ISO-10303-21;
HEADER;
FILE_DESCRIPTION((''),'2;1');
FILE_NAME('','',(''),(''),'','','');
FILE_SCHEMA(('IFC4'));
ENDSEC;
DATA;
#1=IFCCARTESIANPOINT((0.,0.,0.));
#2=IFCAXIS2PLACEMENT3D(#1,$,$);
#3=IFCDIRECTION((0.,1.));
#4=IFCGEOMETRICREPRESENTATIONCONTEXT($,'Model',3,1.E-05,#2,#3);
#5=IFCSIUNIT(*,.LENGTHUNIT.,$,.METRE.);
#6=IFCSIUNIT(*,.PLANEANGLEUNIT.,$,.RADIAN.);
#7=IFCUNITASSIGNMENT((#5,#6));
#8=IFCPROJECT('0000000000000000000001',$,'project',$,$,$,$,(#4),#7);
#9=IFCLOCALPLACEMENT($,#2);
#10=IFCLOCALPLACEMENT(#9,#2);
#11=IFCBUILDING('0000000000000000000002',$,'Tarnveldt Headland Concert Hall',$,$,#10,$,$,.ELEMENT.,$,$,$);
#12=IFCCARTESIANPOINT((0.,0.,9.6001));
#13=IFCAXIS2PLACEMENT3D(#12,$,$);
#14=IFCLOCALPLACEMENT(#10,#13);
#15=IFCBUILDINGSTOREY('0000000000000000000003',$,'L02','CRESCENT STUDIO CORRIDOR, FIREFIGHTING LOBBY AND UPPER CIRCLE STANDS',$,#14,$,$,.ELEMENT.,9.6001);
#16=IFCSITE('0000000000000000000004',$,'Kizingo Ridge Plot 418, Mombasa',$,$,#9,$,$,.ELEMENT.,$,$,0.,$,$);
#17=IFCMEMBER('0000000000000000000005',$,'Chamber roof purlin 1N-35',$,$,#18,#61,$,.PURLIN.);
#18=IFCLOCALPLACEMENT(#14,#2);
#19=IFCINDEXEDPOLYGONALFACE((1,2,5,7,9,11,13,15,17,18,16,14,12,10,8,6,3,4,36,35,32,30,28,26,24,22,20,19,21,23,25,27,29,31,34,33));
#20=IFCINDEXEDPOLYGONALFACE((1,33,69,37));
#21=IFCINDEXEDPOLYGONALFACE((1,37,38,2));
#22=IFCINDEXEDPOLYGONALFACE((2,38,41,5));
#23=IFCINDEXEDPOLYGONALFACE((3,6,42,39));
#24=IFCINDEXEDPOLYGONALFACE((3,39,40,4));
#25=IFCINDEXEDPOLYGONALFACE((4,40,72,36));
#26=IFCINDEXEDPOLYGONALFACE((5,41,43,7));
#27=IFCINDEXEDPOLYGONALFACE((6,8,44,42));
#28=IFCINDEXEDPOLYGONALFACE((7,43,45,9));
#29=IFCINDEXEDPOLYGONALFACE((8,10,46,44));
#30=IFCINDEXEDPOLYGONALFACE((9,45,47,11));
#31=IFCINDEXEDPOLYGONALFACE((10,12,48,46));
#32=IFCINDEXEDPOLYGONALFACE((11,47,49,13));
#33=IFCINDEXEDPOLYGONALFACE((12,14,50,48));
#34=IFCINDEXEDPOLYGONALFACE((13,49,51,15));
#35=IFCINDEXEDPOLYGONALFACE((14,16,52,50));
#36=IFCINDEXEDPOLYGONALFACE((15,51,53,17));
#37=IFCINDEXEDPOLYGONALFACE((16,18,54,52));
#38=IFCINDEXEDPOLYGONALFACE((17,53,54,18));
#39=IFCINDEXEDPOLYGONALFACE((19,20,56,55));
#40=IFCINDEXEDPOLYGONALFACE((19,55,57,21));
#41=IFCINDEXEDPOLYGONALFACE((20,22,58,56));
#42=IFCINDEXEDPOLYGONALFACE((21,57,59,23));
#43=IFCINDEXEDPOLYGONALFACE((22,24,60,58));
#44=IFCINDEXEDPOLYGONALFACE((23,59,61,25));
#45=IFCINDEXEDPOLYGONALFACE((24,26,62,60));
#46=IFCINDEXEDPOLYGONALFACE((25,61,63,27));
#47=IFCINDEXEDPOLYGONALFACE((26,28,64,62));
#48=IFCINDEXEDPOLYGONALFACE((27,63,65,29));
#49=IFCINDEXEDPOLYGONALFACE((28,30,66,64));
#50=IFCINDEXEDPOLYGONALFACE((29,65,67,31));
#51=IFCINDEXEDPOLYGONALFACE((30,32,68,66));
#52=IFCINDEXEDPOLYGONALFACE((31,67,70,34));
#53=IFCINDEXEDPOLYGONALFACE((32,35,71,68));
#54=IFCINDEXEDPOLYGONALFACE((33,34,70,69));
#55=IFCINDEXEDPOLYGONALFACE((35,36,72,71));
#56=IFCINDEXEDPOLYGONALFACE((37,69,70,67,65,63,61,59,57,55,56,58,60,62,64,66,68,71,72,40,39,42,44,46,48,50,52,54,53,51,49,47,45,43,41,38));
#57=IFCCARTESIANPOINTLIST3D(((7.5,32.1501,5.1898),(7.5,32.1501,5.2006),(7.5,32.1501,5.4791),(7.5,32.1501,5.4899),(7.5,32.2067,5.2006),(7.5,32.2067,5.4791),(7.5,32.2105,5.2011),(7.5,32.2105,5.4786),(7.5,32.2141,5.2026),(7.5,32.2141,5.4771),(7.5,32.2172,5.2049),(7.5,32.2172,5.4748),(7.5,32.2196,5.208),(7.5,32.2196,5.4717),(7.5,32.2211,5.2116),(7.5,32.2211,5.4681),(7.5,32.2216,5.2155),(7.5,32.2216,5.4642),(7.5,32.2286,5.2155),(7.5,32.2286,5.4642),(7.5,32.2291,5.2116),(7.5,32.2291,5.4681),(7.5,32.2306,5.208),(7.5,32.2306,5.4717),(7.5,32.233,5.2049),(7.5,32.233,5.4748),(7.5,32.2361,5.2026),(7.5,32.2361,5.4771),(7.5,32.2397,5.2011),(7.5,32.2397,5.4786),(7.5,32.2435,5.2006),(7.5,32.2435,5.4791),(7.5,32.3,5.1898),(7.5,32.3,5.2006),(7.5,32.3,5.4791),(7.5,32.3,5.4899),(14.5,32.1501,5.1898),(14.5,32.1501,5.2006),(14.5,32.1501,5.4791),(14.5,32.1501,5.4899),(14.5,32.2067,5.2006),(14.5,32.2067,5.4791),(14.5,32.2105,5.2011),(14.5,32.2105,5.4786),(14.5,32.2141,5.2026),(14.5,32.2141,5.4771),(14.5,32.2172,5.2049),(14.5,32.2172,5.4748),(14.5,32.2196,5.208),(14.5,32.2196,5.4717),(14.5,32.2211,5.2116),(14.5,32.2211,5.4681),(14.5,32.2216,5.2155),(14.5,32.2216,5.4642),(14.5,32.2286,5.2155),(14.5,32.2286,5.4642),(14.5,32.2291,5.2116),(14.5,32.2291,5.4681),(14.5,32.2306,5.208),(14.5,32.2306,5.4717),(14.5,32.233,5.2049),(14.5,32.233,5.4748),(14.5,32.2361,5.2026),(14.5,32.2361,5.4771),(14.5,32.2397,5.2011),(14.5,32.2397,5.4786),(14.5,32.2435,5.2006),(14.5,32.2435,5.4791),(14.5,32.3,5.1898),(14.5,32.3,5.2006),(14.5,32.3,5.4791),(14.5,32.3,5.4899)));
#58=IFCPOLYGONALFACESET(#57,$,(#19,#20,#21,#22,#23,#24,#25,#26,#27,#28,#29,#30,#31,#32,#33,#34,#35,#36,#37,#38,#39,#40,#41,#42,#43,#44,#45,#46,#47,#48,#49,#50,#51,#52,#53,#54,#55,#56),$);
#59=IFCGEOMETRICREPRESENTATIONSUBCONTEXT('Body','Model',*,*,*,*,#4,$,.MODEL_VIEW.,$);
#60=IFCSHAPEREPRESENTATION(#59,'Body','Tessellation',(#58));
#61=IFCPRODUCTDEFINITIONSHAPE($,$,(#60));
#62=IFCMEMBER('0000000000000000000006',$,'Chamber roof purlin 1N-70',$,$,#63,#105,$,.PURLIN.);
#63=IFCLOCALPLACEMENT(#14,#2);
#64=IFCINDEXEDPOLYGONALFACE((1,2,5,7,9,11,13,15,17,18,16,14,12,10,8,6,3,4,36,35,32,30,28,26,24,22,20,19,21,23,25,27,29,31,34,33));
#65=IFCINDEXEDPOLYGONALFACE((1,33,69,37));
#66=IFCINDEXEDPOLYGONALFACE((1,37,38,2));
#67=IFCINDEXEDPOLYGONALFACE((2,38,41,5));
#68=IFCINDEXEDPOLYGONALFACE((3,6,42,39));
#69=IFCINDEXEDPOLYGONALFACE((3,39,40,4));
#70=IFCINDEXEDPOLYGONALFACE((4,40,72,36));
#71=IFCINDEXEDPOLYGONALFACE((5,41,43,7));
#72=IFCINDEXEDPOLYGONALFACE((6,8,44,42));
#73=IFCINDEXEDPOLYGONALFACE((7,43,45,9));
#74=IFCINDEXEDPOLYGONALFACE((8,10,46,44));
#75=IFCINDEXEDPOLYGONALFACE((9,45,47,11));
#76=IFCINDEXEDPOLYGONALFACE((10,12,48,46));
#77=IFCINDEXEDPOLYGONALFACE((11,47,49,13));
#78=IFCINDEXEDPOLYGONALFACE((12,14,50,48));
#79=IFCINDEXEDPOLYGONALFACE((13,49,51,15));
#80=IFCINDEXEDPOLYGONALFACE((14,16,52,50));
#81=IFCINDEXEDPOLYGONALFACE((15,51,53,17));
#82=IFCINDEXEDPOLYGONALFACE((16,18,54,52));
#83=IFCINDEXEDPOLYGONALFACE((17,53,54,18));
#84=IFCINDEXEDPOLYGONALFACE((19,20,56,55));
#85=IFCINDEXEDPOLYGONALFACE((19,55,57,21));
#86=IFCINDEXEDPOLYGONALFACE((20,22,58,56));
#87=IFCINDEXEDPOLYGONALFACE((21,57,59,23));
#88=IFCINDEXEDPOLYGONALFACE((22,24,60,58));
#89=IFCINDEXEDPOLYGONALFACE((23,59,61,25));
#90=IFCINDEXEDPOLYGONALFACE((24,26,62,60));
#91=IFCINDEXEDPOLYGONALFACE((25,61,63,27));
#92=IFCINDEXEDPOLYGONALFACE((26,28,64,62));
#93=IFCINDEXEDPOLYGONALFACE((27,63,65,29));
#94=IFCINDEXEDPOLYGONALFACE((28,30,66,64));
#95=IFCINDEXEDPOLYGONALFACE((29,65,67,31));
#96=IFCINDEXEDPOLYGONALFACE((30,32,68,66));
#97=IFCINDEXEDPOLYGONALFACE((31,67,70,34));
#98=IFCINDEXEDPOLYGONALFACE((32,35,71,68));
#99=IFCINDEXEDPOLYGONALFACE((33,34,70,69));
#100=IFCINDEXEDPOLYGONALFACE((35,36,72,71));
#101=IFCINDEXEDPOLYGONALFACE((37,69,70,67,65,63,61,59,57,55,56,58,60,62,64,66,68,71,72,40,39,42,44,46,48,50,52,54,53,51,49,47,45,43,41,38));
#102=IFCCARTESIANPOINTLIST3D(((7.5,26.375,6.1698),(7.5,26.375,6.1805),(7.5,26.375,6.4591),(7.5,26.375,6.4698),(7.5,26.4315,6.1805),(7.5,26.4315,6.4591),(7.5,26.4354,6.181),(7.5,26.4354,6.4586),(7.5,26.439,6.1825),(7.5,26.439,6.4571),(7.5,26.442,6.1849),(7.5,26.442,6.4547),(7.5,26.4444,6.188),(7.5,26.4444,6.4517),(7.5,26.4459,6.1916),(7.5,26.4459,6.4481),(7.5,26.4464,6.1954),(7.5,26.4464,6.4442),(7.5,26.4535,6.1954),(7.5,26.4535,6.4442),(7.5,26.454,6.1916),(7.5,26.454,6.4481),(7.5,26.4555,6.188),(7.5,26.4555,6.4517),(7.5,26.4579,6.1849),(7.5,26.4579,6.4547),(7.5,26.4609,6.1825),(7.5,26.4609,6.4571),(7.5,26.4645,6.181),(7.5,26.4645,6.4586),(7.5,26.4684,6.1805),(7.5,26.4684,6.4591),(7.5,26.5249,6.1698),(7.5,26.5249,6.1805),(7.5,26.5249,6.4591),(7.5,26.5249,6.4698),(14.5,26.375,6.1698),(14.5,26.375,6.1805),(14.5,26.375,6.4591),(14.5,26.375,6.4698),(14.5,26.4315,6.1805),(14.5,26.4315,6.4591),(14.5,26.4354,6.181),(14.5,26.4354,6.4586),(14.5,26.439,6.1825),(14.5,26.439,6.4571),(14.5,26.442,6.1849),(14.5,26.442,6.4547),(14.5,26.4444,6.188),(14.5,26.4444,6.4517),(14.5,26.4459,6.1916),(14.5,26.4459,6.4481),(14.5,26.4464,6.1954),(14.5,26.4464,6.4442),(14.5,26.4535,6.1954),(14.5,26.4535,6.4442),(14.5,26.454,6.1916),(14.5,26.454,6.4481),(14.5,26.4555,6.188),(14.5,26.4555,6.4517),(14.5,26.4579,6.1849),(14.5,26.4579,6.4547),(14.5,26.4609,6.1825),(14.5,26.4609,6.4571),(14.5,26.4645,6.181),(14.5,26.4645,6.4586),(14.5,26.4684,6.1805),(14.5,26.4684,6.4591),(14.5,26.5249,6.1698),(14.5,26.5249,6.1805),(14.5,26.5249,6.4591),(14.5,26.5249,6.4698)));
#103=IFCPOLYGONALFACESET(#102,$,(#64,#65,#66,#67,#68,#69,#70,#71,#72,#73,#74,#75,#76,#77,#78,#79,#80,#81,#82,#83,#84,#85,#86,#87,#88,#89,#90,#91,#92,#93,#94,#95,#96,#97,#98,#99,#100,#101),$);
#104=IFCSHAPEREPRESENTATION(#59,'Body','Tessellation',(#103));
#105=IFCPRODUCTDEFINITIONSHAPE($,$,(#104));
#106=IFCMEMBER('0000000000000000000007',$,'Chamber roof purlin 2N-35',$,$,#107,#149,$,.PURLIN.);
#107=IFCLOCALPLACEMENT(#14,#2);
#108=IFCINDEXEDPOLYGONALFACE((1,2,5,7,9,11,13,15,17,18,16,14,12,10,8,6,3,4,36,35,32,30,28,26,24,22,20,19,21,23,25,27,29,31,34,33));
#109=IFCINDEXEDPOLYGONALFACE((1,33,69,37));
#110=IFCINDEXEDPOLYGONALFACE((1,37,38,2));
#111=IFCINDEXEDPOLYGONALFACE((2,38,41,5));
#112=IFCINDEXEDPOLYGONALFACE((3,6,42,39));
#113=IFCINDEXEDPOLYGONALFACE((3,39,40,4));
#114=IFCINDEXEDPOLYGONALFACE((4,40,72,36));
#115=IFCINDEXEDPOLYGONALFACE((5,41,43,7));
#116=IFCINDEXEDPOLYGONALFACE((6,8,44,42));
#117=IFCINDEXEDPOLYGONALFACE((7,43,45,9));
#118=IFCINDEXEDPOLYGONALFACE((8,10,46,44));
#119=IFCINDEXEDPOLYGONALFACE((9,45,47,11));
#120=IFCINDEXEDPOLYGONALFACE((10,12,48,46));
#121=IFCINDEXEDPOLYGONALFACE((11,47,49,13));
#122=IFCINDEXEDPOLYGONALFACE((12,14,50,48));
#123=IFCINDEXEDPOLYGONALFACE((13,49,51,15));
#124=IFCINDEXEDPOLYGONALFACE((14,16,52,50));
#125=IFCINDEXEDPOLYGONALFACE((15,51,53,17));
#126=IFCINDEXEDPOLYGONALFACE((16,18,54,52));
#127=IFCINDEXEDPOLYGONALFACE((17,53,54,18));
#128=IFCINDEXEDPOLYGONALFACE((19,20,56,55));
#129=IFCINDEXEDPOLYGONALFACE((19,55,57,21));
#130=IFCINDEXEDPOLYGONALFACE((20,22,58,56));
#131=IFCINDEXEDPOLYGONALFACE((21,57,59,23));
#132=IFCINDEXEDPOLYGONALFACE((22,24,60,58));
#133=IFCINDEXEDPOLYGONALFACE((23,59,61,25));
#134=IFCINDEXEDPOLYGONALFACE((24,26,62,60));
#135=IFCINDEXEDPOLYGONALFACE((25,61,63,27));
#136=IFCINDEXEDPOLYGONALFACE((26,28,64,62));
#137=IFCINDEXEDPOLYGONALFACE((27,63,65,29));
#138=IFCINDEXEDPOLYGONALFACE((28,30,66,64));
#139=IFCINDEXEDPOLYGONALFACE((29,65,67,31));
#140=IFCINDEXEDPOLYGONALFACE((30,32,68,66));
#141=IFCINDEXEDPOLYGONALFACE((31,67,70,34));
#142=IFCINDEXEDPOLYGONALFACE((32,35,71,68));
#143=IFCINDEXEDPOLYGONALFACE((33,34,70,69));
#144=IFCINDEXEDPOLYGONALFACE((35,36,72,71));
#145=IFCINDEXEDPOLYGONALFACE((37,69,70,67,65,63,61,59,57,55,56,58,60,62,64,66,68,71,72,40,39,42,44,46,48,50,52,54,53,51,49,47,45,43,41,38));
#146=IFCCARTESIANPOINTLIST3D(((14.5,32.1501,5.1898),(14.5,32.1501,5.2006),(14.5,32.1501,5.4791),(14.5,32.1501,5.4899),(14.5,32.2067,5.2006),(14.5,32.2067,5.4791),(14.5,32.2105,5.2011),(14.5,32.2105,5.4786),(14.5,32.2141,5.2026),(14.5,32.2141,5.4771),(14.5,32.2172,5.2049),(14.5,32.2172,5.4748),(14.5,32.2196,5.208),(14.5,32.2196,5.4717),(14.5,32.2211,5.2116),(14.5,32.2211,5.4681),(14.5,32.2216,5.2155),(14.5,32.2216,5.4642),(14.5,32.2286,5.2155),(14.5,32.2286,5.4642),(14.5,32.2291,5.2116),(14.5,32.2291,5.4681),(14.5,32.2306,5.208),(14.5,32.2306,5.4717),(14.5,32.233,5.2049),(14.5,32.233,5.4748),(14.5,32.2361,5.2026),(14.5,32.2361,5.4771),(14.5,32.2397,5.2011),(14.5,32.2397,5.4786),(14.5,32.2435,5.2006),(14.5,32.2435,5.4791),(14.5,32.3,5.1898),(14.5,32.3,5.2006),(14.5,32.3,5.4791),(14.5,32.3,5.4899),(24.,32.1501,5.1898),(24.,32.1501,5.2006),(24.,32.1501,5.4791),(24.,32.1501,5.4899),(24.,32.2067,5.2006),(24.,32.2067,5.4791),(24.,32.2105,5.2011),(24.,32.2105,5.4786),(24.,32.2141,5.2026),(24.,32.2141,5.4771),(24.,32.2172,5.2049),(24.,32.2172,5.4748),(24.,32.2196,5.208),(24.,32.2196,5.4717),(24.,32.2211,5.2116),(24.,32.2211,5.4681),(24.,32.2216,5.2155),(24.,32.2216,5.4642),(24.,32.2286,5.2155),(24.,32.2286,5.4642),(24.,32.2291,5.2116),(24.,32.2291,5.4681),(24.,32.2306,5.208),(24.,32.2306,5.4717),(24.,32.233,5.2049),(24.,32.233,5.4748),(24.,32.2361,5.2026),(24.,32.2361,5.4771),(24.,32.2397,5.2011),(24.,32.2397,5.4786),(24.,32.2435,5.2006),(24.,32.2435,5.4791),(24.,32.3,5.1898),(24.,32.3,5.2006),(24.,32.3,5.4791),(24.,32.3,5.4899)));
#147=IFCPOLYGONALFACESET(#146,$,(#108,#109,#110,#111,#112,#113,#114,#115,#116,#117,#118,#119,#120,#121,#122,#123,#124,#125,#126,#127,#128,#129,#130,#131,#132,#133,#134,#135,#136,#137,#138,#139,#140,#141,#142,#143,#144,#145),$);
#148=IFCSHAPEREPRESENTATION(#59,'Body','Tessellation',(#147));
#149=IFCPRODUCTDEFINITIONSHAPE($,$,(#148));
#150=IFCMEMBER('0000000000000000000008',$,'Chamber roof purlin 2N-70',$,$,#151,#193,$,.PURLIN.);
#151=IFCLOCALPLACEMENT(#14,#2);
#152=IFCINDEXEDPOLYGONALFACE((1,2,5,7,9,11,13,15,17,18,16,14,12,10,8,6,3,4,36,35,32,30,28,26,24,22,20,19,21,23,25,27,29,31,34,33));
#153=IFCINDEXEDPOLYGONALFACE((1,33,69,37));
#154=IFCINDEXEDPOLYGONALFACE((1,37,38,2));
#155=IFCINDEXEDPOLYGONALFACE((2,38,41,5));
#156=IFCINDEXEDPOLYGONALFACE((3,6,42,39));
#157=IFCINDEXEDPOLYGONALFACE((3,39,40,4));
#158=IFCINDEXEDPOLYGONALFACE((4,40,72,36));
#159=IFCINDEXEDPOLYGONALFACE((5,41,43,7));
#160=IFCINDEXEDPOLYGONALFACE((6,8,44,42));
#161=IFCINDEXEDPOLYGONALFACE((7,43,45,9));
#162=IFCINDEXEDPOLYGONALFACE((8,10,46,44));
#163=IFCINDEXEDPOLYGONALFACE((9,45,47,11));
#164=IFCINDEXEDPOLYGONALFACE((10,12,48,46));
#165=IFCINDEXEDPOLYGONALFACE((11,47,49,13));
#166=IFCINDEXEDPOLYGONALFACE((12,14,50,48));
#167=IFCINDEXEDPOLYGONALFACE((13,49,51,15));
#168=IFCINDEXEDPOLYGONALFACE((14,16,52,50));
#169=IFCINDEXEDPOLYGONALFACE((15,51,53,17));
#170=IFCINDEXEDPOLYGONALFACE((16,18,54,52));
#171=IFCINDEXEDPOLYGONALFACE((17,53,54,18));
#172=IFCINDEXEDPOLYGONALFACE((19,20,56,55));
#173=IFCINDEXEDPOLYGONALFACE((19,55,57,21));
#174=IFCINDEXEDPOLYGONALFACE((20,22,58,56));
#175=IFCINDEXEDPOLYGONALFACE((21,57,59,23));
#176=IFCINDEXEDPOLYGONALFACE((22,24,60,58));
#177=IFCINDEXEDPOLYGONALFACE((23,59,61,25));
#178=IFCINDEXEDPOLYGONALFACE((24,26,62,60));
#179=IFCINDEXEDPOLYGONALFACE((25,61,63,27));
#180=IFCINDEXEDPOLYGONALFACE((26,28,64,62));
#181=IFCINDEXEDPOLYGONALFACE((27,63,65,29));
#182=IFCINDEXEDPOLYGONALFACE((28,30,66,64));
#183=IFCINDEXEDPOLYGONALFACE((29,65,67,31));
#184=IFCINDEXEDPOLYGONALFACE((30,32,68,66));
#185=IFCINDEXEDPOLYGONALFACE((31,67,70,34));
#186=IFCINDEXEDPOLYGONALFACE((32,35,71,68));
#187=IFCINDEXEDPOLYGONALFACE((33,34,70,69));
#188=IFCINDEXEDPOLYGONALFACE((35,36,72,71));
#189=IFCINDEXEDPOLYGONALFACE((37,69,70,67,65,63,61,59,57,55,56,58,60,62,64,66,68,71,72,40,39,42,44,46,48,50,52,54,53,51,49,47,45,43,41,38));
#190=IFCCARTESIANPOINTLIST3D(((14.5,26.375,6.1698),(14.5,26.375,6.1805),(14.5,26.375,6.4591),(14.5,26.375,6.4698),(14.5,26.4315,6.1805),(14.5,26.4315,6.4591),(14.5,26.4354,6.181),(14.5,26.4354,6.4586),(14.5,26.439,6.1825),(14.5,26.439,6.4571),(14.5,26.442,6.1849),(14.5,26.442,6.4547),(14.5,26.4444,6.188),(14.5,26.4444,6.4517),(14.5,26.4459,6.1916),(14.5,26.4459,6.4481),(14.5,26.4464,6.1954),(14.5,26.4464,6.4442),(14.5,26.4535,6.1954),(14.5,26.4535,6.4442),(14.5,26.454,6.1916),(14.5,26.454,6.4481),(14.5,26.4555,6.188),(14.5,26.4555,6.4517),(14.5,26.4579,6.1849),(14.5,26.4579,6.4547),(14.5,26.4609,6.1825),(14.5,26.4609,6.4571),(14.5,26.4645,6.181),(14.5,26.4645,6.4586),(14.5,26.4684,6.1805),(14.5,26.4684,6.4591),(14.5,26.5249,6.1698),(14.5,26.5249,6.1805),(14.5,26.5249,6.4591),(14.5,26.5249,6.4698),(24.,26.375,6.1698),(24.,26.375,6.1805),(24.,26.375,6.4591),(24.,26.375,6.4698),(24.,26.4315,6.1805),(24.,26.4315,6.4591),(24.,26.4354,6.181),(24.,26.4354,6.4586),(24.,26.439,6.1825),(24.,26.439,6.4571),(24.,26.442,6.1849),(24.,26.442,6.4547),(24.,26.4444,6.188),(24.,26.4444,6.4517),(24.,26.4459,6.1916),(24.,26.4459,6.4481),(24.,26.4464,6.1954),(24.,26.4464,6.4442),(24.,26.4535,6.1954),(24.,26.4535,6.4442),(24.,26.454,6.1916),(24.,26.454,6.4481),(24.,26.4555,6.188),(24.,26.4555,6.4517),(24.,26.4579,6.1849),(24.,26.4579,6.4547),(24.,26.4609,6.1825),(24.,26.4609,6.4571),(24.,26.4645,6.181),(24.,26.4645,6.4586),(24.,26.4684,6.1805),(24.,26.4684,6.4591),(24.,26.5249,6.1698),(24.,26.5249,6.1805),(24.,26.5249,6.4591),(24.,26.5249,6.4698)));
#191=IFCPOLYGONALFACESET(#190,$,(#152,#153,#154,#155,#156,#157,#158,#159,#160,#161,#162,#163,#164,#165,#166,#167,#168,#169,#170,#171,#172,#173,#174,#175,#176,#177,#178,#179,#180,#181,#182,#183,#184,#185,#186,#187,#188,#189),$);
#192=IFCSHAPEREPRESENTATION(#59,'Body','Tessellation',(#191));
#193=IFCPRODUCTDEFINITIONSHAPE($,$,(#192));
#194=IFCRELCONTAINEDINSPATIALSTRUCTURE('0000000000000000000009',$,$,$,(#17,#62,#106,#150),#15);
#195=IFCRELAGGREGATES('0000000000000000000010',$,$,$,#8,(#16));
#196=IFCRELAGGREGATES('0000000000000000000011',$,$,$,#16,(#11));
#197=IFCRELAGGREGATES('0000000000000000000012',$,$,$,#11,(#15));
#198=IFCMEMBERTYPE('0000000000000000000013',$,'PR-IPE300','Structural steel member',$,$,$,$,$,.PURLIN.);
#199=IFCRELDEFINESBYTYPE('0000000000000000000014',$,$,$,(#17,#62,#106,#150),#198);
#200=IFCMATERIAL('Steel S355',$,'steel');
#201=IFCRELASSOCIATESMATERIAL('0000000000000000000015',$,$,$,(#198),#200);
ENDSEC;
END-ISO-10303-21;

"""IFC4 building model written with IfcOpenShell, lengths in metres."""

from ifc_helpers import new_model, si_unit, direction, frame, origin, origin_2d, place, context, subcontext, project, spatial, i_section, extrude, material, material_profile, profile_set, type_object, element, save


model = new_model("IFC4")

# Units and contexts
model_context = context("Model", 3, precision=1e-05, world=origin(), true_north=direction((0.0, 1.0)))
body_context = subcontext(model_context, "Body", "Model", "MODEL_VIEW")
ifc_project = project(units=[si_unit("LENGTHUNIT", "METRE"), si_unit("PLANEANGLEUNIT", "RADIAN")], contexts=[model_context])

# Site, building, storey
site_placement = place(None, origin())
site = spatial("IfcSite", under=ifc_project, at=site_placement, Name="Kizingo Ridge Plot 418, Mombasa", CompositionType="ELEMENT", RefElevation=0.0)
building_placement = place(site_placement, origin())
building = spatial("IfcBuilding", under=site, at=building_placement, Name="Tarnveldt Headland Concert Hall", CompositionType="ELEMENT")
storey_placement = place(building_placement, frame((0.0, 0.0, 9.6001)))
storey = spatial("IfcBuildingStorey", under=building, at=storey_placement, Name="L02", Description="CRESCENT STUDIO CORRIDOR, FIREFIGHTING LOBBY AND UPPER CIRCLE STANDS", CompositionType="ELEMENT", Elevation=9.6001)

# Shared definitions
ifc_material_1 = material(Name="Steel S355", Category="steel")

# Members
ifc_material_profile_1 = material_profile(ifc_material_1, i_section(OverallWidth=0.1499, OverallDepth=0.3, WebThickness=0.0071, FlangeThickness=0.0107, FilletRadius=0.0149, at=origin_2d()), Name="IPE300", Category="steel")
ifc_profile_set_1 = profile_set([ifc_material_profile_1], Name="Steel S355")
member_type_1 = type_object("IfcMemberType", Name="PR-IPE300", Description="Structural steel member", PredefinedType="PURLIN", material=ifc_profile_set_1)
for number, where, z_axis, x_axis, name in (
    (1, (7.5, 32.2251, 5.3398), (1.0, 0.0, 0.0), (0.0, 1.0, 0.0), "Chamber roof purlin 1N-35"),
    (2, (7.5, 26.45, 6.3198), (1.0, 0.0, 0.0), (0.0, 1.0, 0.0), "Chamber roof purlin 1N-70"),
):
    element("IfcMember", number, at=place(storey_placement, frame(where, z_axis=z_axis, x_axis=x_axis)), inside=storey, type_object=member_type_1, Name=name, PredefinedType="PURLIN", context=body_context, shape_type="SweptSolid", body=[
        extrude(i_section(OverallWidth=0.1499, OverallDepth=0.3, WebThickness=0.0071, FlangeThickness=0.0107, FilletRadius=0.0149, at=origin_2d()), origin(), (0.0, 0.0, 1.0), 7.0),
    ])
for number, where, z_axis, x_axis, name in (
    (3, (14.5, 32.2251, 5.3398), (1.0, 0.0, 0.0), (0.0, 1.0, 0.0), "Chamber roof purlin 2N-35"),
    (4, (14.5, 26.45, 6.3198), (1.0, 0.0, 0.0), (0.0, 1.0, 0.0), "Chamber roof purlin 2N-70"),
):
    element("IfcMember", number, at=place(storey_placement, frame(where, z_axis=z_axis, x_axis=x_axis)), inside=storey, type_object=member_type_1, Name=name, PredefinedType="PURLIN", context=body_context, shape_type="SweptSolid", body=[
        extrude(i_section(OverallWidth=0.1499, OverallDepth=0.3, WebThickness=0.0071, FlangeThickness=0.0107, FilletRadius=0.0149, at=origin_2d()), origin(), (0.0, 0.0, 1.0), 9.5),
    ])

save(model, "model.ifc")
